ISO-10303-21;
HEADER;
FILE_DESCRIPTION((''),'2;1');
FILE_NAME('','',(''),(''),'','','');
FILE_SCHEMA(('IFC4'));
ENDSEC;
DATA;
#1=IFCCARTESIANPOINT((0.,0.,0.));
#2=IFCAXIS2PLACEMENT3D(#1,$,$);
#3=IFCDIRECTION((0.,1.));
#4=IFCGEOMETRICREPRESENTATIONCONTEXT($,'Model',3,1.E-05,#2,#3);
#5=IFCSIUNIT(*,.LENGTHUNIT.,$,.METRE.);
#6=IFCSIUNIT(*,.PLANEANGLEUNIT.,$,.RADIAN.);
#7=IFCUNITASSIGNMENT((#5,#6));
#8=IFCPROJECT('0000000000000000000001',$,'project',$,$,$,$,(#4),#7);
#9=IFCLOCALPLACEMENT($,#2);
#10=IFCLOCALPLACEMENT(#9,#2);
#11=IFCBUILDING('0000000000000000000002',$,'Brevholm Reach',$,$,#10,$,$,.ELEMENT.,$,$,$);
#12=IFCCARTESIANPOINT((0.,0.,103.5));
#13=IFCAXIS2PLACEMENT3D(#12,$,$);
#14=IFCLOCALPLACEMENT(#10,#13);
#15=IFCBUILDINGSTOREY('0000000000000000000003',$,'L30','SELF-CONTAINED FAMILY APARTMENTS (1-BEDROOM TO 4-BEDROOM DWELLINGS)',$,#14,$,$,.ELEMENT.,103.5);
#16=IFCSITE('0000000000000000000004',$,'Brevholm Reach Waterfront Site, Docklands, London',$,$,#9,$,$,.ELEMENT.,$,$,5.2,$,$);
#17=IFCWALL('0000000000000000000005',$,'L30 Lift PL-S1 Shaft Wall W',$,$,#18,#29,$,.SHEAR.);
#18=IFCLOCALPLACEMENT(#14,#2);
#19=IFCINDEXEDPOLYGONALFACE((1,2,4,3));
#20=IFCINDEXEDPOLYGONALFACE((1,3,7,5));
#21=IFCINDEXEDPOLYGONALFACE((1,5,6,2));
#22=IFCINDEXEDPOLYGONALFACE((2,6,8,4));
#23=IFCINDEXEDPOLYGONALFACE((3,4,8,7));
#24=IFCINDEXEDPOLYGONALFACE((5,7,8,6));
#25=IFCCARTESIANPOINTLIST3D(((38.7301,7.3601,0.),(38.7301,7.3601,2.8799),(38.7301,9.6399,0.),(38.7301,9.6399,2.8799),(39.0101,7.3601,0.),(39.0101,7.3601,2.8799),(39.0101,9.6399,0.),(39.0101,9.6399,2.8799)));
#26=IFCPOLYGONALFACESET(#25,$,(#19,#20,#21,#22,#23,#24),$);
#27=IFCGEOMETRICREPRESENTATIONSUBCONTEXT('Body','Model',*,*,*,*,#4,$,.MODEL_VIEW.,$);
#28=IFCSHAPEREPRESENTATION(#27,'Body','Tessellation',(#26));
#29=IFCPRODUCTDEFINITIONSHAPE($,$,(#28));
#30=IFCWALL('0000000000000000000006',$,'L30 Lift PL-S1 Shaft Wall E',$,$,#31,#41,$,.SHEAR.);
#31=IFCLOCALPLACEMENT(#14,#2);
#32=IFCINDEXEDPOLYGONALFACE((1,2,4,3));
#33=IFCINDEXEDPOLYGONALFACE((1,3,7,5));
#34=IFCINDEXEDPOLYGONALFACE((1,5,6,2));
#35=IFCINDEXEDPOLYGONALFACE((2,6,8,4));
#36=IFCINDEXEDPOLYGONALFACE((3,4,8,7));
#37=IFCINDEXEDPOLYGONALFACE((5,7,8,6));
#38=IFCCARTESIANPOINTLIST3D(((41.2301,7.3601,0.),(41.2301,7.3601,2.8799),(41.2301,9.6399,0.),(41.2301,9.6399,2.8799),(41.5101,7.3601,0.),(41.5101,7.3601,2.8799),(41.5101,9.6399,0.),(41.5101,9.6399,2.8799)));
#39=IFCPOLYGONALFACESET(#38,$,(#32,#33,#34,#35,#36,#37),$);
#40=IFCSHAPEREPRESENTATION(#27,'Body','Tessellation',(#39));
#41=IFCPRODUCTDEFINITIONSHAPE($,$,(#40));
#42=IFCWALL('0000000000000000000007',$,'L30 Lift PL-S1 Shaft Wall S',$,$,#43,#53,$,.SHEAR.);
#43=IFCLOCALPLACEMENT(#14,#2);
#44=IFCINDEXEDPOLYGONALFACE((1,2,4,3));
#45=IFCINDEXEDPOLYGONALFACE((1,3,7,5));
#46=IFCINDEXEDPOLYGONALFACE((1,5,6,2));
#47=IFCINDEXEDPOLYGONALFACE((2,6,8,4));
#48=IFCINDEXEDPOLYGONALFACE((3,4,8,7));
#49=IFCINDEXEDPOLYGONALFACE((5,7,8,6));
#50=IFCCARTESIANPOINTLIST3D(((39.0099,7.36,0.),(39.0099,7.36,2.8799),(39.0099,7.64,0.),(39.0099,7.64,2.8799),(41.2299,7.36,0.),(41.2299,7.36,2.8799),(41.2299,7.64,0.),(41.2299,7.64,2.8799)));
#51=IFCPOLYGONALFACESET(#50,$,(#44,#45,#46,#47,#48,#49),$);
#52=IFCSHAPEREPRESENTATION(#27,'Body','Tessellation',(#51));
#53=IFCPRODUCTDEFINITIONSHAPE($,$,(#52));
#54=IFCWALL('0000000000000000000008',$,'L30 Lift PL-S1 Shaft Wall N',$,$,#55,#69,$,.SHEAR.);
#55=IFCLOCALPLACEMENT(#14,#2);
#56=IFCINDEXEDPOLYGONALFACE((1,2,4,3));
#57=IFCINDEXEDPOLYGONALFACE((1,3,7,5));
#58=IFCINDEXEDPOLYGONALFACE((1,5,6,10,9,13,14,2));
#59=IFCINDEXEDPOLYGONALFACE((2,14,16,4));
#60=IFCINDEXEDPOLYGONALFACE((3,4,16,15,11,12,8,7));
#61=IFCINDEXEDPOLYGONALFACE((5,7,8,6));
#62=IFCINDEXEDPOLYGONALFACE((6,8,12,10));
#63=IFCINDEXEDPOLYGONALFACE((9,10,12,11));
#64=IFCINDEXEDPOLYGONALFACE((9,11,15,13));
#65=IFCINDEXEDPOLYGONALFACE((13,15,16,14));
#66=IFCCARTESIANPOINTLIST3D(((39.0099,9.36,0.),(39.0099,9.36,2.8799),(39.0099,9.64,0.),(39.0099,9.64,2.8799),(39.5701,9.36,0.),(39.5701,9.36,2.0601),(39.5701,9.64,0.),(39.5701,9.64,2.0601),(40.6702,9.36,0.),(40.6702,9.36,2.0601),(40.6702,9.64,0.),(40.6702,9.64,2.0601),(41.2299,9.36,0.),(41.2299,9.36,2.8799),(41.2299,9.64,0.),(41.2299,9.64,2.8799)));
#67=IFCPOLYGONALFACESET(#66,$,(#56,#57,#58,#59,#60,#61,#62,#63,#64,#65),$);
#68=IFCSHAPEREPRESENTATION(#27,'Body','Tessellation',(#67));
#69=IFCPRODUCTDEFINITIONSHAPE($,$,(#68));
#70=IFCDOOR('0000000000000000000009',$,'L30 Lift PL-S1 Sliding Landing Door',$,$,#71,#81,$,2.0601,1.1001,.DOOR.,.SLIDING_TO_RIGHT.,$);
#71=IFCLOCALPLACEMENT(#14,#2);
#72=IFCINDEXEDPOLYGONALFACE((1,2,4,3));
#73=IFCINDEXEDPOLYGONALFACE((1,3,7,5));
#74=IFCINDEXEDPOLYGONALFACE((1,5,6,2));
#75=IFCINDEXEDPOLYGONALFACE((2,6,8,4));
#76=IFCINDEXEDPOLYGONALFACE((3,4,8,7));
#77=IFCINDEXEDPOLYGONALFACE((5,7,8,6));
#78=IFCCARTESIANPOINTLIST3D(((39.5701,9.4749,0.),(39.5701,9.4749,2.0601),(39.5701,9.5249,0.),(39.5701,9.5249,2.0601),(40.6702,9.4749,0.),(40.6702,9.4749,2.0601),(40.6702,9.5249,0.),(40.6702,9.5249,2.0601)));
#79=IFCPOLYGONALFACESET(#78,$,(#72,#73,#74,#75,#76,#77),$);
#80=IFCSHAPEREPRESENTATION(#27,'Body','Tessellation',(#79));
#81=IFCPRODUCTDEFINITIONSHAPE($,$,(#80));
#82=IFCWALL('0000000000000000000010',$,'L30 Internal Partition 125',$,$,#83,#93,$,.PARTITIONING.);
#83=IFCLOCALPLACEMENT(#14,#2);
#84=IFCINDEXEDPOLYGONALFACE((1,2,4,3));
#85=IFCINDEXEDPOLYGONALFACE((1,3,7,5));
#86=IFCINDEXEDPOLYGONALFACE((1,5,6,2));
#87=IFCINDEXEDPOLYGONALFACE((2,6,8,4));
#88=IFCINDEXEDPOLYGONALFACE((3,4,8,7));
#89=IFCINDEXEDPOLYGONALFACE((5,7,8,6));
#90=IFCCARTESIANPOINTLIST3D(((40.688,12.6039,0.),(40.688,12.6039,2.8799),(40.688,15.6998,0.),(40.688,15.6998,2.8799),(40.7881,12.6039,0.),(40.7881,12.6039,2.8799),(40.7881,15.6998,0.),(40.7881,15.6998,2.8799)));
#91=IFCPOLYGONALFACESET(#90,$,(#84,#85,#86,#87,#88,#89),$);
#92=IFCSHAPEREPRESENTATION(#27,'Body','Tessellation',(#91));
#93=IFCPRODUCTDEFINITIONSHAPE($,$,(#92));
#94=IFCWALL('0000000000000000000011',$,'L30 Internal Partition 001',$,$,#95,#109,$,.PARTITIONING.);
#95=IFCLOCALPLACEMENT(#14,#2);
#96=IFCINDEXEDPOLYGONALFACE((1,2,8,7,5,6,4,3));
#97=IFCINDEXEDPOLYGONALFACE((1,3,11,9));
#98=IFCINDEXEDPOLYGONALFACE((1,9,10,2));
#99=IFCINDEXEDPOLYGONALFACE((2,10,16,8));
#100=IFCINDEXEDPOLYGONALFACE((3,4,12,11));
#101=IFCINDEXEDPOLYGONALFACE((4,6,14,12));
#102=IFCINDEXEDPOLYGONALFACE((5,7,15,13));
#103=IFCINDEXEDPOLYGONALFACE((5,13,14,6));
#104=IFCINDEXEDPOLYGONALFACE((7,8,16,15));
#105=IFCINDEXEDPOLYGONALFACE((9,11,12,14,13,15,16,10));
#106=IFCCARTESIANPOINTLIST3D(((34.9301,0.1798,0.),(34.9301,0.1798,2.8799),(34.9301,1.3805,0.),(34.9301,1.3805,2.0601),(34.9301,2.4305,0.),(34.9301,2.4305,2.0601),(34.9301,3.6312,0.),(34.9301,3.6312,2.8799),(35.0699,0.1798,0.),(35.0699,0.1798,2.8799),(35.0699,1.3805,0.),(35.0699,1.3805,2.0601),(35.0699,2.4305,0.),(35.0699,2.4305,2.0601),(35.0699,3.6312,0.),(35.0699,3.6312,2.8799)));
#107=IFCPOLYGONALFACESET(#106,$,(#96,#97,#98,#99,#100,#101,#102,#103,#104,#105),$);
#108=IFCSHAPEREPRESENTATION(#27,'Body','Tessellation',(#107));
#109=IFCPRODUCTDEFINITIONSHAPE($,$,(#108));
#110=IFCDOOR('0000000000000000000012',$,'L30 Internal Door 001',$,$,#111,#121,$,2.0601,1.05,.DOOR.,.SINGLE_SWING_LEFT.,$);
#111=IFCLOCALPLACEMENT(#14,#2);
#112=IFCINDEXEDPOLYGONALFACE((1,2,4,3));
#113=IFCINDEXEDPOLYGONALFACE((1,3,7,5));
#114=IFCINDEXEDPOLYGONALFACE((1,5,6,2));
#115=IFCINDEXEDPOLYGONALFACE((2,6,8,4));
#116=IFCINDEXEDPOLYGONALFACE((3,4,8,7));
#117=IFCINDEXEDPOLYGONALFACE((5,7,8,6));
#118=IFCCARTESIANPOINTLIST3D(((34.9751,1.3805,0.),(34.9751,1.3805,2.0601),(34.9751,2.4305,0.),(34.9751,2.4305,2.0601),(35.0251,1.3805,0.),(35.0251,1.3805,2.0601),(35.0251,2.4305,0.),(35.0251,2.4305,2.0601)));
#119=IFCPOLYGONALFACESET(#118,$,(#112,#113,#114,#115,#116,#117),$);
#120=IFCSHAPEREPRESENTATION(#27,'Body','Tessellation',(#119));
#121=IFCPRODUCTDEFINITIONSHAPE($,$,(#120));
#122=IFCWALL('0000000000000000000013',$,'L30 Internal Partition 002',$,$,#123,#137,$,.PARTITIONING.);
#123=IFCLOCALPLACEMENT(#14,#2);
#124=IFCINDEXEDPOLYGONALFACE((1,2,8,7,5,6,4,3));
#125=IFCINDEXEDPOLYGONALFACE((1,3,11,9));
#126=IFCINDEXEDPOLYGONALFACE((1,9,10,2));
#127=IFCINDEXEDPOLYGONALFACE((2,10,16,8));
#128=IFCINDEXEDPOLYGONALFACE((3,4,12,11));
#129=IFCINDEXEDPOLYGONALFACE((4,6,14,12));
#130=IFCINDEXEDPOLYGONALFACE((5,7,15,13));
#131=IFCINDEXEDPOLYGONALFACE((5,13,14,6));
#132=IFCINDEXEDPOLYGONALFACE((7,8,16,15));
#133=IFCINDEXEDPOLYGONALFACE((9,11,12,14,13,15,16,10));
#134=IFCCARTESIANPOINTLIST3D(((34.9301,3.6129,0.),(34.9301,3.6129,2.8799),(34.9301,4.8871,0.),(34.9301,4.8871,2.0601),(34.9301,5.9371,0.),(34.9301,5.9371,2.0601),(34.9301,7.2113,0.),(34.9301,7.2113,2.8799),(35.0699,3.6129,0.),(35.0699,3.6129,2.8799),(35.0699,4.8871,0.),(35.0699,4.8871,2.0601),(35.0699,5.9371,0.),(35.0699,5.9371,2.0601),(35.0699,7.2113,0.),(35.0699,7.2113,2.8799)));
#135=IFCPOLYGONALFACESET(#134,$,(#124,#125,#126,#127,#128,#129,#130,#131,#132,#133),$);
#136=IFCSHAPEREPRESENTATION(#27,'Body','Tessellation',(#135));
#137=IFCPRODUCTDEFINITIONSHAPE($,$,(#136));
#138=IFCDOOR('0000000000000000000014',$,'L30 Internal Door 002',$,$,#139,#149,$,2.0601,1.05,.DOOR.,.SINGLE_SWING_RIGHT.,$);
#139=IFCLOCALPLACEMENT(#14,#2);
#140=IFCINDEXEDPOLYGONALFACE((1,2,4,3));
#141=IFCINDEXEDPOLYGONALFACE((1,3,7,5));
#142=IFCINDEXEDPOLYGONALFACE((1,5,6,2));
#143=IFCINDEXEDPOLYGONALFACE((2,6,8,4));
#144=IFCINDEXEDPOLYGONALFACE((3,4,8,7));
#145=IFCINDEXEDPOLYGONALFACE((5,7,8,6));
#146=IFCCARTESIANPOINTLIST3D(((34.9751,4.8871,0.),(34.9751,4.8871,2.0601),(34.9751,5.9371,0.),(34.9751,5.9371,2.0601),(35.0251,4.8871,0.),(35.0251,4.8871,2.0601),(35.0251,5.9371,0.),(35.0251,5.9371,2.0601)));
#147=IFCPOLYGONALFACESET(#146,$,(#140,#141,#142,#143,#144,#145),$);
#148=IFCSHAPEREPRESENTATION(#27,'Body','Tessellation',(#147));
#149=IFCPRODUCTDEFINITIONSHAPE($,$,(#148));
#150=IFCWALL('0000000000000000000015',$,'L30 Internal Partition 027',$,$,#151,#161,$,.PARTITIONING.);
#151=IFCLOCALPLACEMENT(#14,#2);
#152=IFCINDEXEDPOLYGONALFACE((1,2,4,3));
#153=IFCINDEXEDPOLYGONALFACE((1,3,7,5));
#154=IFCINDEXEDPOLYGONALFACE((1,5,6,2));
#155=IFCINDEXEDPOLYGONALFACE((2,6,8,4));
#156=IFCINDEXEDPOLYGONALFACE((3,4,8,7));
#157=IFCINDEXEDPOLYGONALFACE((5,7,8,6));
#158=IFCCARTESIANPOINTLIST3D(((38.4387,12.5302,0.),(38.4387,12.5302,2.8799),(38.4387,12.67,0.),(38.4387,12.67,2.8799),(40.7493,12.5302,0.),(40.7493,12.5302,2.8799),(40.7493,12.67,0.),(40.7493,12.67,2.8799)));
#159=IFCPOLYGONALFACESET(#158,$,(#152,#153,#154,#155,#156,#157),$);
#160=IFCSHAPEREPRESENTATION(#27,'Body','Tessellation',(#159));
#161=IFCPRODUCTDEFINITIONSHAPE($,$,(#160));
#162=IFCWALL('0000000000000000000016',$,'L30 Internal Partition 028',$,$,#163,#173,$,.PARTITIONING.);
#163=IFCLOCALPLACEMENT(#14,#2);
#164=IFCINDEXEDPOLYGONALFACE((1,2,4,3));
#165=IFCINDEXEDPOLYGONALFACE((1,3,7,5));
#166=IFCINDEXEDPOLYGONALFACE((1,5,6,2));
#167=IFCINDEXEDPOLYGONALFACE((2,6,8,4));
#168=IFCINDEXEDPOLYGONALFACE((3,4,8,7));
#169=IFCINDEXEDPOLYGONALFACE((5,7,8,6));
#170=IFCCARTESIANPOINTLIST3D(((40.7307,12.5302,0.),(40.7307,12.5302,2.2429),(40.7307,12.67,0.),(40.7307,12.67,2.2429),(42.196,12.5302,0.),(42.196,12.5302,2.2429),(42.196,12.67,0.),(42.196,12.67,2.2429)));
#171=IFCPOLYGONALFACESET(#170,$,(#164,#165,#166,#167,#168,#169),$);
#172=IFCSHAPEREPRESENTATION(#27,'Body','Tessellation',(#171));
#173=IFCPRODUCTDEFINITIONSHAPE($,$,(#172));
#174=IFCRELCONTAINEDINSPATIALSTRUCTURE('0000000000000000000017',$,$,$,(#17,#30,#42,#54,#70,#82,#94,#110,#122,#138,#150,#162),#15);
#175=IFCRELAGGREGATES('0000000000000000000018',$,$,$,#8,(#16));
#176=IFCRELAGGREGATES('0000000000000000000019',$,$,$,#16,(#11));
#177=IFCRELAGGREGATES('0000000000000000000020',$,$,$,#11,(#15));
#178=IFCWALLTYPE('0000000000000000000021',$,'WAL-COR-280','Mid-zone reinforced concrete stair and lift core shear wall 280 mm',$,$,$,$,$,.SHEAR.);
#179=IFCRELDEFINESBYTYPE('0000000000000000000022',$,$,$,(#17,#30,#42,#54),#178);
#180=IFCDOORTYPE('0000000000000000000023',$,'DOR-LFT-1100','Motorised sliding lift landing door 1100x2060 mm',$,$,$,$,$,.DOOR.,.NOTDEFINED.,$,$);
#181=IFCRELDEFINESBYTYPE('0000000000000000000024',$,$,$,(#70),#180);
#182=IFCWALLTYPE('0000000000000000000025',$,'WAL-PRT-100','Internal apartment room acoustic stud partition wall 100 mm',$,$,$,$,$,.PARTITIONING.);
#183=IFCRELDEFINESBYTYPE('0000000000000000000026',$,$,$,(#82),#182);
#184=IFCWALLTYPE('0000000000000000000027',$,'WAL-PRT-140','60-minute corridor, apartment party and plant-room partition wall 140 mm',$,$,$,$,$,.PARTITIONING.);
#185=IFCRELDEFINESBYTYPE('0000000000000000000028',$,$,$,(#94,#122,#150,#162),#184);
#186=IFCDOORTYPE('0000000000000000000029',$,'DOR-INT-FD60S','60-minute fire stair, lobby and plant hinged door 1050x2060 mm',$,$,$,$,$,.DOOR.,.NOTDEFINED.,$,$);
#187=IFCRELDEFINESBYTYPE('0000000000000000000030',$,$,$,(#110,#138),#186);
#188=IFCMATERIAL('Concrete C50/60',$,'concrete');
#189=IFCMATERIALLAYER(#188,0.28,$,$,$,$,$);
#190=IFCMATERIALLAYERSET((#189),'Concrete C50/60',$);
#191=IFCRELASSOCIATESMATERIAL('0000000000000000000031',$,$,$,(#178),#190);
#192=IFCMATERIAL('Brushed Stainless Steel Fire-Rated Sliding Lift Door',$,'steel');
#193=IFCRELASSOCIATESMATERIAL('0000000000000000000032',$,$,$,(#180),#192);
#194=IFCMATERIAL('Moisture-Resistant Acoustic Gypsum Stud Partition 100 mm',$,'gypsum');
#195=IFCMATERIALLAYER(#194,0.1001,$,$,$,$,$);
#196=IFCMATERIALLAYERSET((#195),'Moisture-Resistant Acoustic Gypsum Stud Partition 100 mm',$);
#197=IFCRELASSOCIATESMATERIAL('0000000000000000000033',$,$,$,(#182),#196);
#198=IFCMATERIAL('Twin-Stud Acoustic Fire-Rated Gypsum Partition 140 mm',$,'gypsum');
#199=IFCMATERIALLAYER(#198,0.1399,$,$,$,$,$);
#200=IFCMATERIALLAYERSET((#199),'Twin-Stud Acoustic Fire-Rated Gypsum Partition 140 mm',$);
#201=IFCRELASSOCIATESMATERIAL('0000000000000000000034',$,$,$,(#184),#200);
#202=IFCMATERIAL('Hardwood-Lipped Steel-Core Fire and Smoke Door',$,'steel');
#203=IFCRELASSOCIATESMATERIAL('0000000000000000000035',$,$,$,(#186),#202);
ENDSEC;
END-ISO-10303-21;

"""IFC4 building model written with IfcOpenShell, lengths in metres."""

from ifc_helpers import new_model, si_unit, direction, frame, frame_2d, origin, place, context, subcontext, project, spatial, rectangle, extrude, material, layer, layer_set, type_object, element, fill, save


model = new_model("IFC4")

# Units and contexts
model_context = context("Model", 3, precision=1e-05, world=origin(), true_north=direction((0.0, 1.0)))
body_context = subcontext(model_context, "Body", "Model", "MODEL_VIEW")
ifc_project = project(units=[si_unit("LENGTHUNIT", "METRE"), si_unit("PLANEANGLEUNIT", "RADIAN")], contexts=[model_context])

# Site, building, storey
site_placement = place(None, origin())
site = spatial("IfcSite", under=ifc_project, at=site_placement, Name="Brevholm Reach Waterfront Site, Docklands, London", CompositionType="ELEMENT", RefElevation=5.2)
building_placement = place(site_placement, origin())
building = spatial("IfcBuilding", under=site, at=building_placement, Name="Brevholm Reach", CompositionType="ELEMENT")
storey_placement = place(building_placement, frame((0.0, 0.0, 103.5)))
storey = spatial("IfcBuildingStorey", under=building, at=storey_placement, Name="L30", Description="SELF-CONTAINED FAMILY APARTMENTS (1-BEDROOM TO 4-BEDROOM DWELLINGS)", CompositionType="ELEMENT", Elevation=103.5)

# Walls
ifc_material_1 = material(Name="Concrete C50/60", Category="concrete")
ifc_layer_1 = layer(ifc_material_1, 0.28)
ifc_layer_set_1 = layer_set([ifc_layer_1], Name="Concrete C50/60")
wall_type_1 = type_object("IfcWallType", Name="WAL-COR-280", Description="Mid-zone reinforced concrete stair and lift core shear wall 280 mm", PredefinedType="SHEAR", material=ifc_layer_set_1)
for number, where, z_axis, x_axis, name in (
    (1, (38.8701, 7.3601, 0.0), (0.0, 0.0, 1.0), (0.0, 1.0, 0.0), "L30 Lift PL-S1 Shaft Wall W"),
    (2, (41.3701, 7.3601, 0.0), (0.0, 0.0, 1.0), (0.0, 1.0, 0.0), "L30 Lift PL-S1 Shaft Wall E"),
):
    element("IfcWall", number, at=place(storey_placement, frame(where, z_axis=z_axis, x_axis=x_axis)), inside=storey, type_object=wall_type_1, Name=name, PredefinedType="SHEAR", context=body_context, shape_type="SweptSolid", body=[
        extrude(rectangle(XDim=2.2798, YDim=0.28, at=frame_2d((1.1399, 0.0))), origin(), (0.0, 0.0, 1.0), 2.8799),
    ])
wall_1_placement = place(storey_placement, frame((39.01, 7.5, 0.0), z_axis=(0.0, 0.0, 1.0), x_axis=(1.0, 0.0, 0.0)))
element("IfcWall", 3, at=wall_1_placement, inside=storey, type_object=wall_type_1, Name="L30 Lift PL-S1 Shaft Wall S", PredefinedType="SHEAR", context=body_context, shape_type="SweptSolid", body=[
    extrude(rectangle(XDim=2.22, YDim=0.28, at=frame_2d((1.1099, 0.0))), origin(), (0.0, 0.0, 1.0), 2.8799),
])

# Wall, opening, door
wall_2_placement = place(storey_placement, frame((39.01, 9.5, 0.0), z_axis=(0.0, 0.0, 1.0), x_axis=(1.0, 0.0, 0.0)))
wall_2 = element("IfcWall", 4, at=wall_2_placement, inside=storey, type_object=wall_type_1, Name="L30 Lift PL-S1 Shaft Wall N", PredefinedType="SHEAR", context=body_context, shape_type="SweptSolid", body=[
    extrude(rectangle(XDim=2.22, YDim=0.28, at=frame_2d((1.1099, 0.0))), origin(), (0.0, 0.0, 1.0), 2.8799),
])
opening_1_placement = place(wall_2_placement, frame((0.5601, 0.0, 0.0)))
opening_1 = element("IfcOpeningElement", 5, at=opening_1_placement, cuts=wall_2, PredefinedType="OPENING", context=body_context, shape_type="SweptSolid", body=[
    extrude(rectangle(XDim=1.1001, YDim=2.0601, at=frame_2d((0.55, 1.03))), frame((0.0, 0.1499, 0.0), z_axis=(0.0, -1.0, 0.0), x_axis=(1.0, 0.0, 0.0)), (0.0, 0.0, 1.0), 0.3),
])
ifc_material_2 = material(Name="Brushed Stainless Steel Fire-Rated Sliding Lift Door", Category="steel")
door_type_1 = type_object("IfcDoorType", Name="DOR-LFT-1100", Description="Motorised sliding lift landing door 1100x2060 mm", OperationType="NOTDEFINED", PredefinedType="DOOR", material=ifc_material_2)
door_1_placement = place(opening_1_placement, origin())
door_1 = element("IfcDoor", 6, at=door_1_placement, inside=storey, type_object=door_type_1, Name="L30 Lift PL-S1 Sliding Landing Door", OperationType="SLIDING_TO_RIGHT", OverallHeight=2.0601, OverallWidth=1.1001, PredefinedType="DOOR", context=body_context, shape_type="SweptSolid", body=[
    extrude(rectangle(XDim=1.1001, YDim=2.0601, at=frame_2d((0.55, 1.03))), frame((0.0, 0.0249, 0.0), z_axis=(0.0, -1.0, 0.0), x_axis=(1.0, 0.0, 0.0)), (0.0, 0.0, 1.0), 0.05),
])
fill(opening_1, door_1)

# Wall
ifc_material_3 = material(Name="Moisture-Resistant Acoustic Gypsum Stud Partition 100 mm", Category="gypsum")
ifc_layer_2 = layer(ifc_material_3, 0.1001)
ifc_layer_set_2 = layer_set([ifc_layer_2], Name="Moisture-Resistant Acoustic Gypsum Stud Partition 100 mm")
wall_type_2 = type_object("IfcWallType", Name="WAL-PRT-100", Description="Internal apartment room acoustic stud partition wall 100 mm", PredefinedType="PARTITIONING", material=ifc_layer_set_2)
wall_3_placement = place(storey_placement, frame((40.738, 12.604, 0.0), z_axis=(0.0, 0.0, 1.0), x_axis=(0.0, 1.0, 0.0)))
element("IfcWall", 7, at=wall_3_placement, inside=storey, type_object=wall_type_2, Name="L30 Internal Partition 125", PredefinedType="PARTITIONING", context=body_context, shape_type="SweptSolid", body=[
    extrude(rectangle(XDim=3.0959, YDim=0.1001, at=frame_2d((1.5479, 0.0))), origin(), (0.0, 0.0, 1.0), 2.8799),
])

# Walls, openings, doors
ifc_material_4 = material(Name="Twin-Stud Acoustic Fire-Rated Gypsum Partition 140 mm", Category="gypsum")
ifc_layer_3 = layer(ifc_material_4, 0.1399)
ifc_layer_set_3 = layer_set([ifc_layer_3], Name="Twin-Stud Acoustic Fire-Rated Gypsum Partition 140 mm")
wall_type_3 = type_object("IfcWallType", Name="WAL-PRT-140", Description="60-minute corridor, apartment party and plant-room partition wall 140 mm", PredefinedType="PARTITIONING", material=ifc_layer_set_3)
wall_4_placement = place(storey_placement, frame((35.0, 0.1799, 0.0), z_axis=(0.0, 0.0, 1.0), x_axis=(0.0, 1.0, 0.0)))
wall_4 = element("IfcWall", 8, at=wall_4_placement, inside=storey, type_object=wall_type_3, Name="L30 Internal Partition 001", PredefinedType="PARTITIONING", context=body_context, shape_type="SweptSolid", body=[
    extrude(rectangle(XDim=3.4514, YDim=0.1399, at=frame_2d((1.7256, 0.0))), origin(), (0.0, 0.0, 1.0), 2.8799),
])
opening_2_placement = place(wall_4_placement, frame((1.2007, 0.0, 0.0)))
opening_2 = element("IfcOpeningElement", 9, at=opening_2_placement, cuts=wall_4, PredefinedType="OPENING", context=body_context, shape_type="SweptSolid", body=[
    extrude(rectangle(XDim=1.05, YDim=2.0601, at=frame_2d((0.5249, 1.03))), frame((0.0, 0.0798, 0.0), z_axis=(0.0, -1.0, 0.0), x_axis=(1.0, 0.0, 0.0)), (0.0, 0.0, 1.0), 0.1599),
])
ifc_material_5 = material(Name="Hardwood-Lipped Steel-Core Fire and Smoke Door", Category="steel")
door_type_2 = type_object("IfcDoorType", Name="DOR-INT-FD60S", Description="60-minute fire stair, lobby and plant hinged door 1050x2060 mm", OperationType="NOTDEFINED", PredefinedType="DOOR", material=ifc_material_5)
door_2_placement = place(opening_2_placement, origin())
door_2 = element("IfcDoor", 10, at=door_2_placement, inside=storey, type_object=door_type_2, Name="L30 Internal Door 001", OperationType="SINGLE_SWING_LEFT", OverallHeight=2.0601, OverallWidth=1.05, PredefinedType="DOOR", context=body_context, shape_type="SweptSolid", body=[
    extrude(rectangle(XDim=1.05, YDim=2.0601, at=frame_2d((0.5249, 1.03))), frame((0.0, 0.0249, 0.0), z_axis=(0.0, -1.0, 0.0), x_axis=(1.0, 0.0, 0.0)), (0.0, 0.0, 1.0), 0.05),
])
fill(opening_2, door_2)
wall_5_placement = place(storey_placement, frame((35.0, 3.6128, 0.0), z_axis=(0.0, 0.0, 1.0), x_axis=(0.0, 1.0, 0.0)))
wall_5 = element("IfcWall", 11, at=wall_5_placement, inside=storey, type_object=wall_type_3, Name="L30 Internal Partition 002", PredefinedType="PARTITIONING", context=body_context, shape_type="SweptSolid", body=[
    extrude(rectangle(XDim=3.5984, YDim=0.1399, at=frame_2d((1.7993, 0.0))), origin(), (0.0, 0.0, 1.0), 2.8799),
])
opening_3_placement = place(wall_5_placement, frame((1.2744, 0.0, 0.0)))
opening_3 = element("IfcOpeningElement", 12, at=opening_3_placement, cuts=wall_5, PredefinedType="OPENING", context=body_context, shape_type="SweptSolid", body=[
    extrude(rectangle(XDim=1.05, YDim=2.0601, at=frame_2d((0.5249, 1.03))), frame((0.0, 0.0798, 0.0), z_axis=(0.0, -1.0, 0.0), x_axis=(1.0, 0.0, 0.0)), (0.0, 0.0, 1.0), 0.1599),
])
door_3_placement = place(opening_3_placement, origin())
door_3 = element("IfcDoor", 13, at=door_3_placement, inside=storey, type_object=door_type_2, Name="L30 Internal Door 002", OperationType="SINGLE_SWING_RIGHT", OverallHeight=2.0601, OverallWidth=1.05, PredefinedType="DOOR", context=body_context, shape_type="SweptSolid", body=[
    extrude(rectangle(XDim=1.05, YDim=2.0601, at=frame_2d((0.5249, 1.03))), frame((0.0, 0.0249, 0.0), z_axis=(0.0, -1.0, 0.0), x_axis=(1.0, 0.0, 0.0)), (0.0, 0.0, 1.0), 0.05),
])
fill(opening_3, door_3)

# Walls
wall_6_placement = place(storey_placement, frame((38.4387, 12.6001, 0.0), z_axis=(0.0, 0.0, 1.0), x_axis=(1.0, 0.0, 0.0)))
element("IfcWall", 14, at=wall_6_placement, inside=storey, type_object=wall_type_3, Name="L30 Internal Partition 027", PredefinedType="PARTITIONING", context=body_context, shape_type="SweptSolid", body=[
    extrude(rectangle(XDim=2.3105, YDim=0.1399, at=frame_2d((1.1553, 0.0))), origin(), (0.0, 0.0, 1.0), 2.8799),
])
wall_7_placement = place(storey_placement, frame((40.7307, 12.6001, 0.0), z_axis=(0.0, 0.0, 1.0), x_axis=(1.0, 0.0, 0.0)))
element("IfcWall", 15, at=wall_7_placement, inside=storey, type_object=wall_type_3, Name="L30 Internal Partition 028", PredefinedType="PARTITIONING", context=body_context, shape_type="SweptSolid", body=[
    extrude(rectangle(XDim=1.4653, YDim=0.1399, at=frame_2d((0.7327, 0.0))), origin(), (0.0, 0.0, 1.0), 2.2429),
])

save(model, "model.ifc")
